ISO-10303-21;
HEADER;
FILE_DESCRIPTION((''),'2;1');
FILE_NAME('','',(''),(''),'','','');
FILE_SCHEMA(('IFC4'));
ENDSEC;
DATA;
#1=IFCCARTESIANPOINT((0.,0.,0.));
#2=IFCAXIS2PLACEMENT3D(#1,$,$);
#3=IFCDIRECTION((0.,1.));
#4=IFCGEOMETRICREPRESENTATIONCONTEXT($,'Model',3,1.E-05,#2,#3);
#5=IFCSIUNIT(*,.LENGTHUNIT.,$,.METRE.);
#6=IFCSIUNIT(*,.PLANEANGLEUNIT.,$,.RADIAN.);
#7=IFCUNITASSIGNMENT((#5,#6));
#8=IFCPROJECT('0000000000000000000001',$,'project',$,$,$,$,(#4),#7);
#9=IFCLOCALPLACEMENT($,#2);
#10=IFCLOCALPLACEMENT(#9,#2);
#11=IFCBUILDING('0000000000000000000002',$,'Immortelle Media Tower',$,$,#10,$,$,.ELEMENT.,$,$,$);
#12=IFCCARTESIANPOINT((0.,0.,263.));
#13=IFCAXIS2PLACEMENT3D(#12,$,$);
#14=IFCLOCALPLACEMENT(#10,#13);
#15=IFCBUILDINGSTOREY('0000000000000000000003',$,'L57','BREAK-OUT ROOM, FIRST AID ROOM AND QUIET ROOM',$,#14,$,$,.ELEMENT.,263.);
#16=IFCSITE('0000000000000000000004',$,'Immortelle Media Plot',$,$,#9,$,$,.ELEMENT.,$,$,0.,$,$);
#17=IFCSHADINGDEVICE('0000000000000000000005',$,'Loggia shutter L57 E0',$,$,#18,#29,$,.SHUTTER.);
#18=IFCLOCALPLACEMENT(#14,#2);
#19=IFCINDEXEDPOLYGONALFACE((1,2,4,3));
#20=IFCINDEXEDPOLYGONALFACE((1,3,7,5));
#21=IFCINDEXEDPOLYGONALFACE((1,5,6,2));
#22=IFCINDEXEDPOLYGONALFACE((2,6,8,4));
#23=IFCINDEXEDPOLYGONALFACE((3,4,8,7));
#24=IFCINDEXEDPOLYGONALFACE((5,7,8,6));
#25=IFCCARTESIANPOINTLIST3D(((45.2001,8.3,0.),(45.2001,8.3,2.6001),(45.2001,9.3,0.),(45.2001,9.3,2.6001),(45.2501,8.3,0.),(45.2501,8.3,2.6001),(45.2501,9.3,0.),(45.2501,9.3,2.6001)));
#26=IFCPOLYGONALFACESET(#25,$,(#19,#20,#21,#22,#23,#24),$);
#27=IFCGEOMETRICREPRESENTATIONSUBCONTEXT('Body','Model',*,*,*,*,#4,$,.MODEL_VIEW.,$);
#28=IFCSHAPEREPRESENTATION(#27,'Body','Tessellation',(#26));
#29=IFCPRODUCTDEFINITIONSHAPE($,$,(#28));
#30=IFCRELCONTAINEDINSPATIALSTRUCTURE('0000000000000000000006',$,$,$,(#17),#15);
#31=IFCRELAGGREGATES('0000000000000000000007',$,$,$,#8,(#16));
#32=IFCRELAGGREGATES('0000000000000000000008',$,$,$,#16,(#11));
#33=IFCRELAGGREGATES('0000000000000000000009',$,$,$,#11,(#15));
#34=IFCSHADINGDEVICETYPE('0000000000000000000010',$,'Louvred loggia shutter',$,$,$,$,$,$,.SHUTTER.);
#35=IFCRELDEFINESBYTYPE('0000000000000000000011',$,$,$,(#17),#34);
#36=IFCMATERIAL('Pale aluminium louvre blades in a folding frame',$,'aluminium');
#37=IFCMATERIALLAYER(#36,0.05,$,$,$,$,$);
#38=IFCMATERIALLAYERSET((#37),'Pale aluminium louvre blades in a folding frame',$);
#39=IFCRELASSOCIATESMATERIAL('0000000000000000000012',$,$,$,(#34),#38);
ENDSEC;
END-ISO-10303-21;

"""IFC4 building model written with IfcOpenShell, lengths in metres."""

from ifc_helpers import new_model, si_unit, direction, frame, origin, origin_2d, place, context, subcontext, project, spatial, rectangle, extrude, material, layer, layer_set, type_object, element, save


model = new_model("IFC4")

# Units and contexts
model_context = context("Model", 3, precision=1e-05, world=origin(), true_north=direction((0.0, 1.0)))
body_context = subcontext(model_context, "Body", "Model", "MODEL_VIEW")
ifc_project = project(units=[si_unit("LENGTHUNIT", "METRE"), si_unit("PLANEANGLEUNIT", "RADIAN")], contexts=[model_context])

# Site, building, storey
site_placement = place(None, origin())
site = spatial("IfcSite", under=ifc_project, at=site_placement, Name="Immortelle Media Plot", CompositionType="ELEMENT", RefElevation=0.0)
building_placement = place(site_placement, origin())
building = spatial("IfcBuilding", under=site, at=building_placement, Name="Immortelle Media Tower", CompositionType="ELEMENT")
storey_placement = place(building_placement, frame((0.0, 0.0, 263.0)))
storey = spatial("IfcBuildingStorey", under=building, at=storey_placement, Name="L57", Description="BREAK-OUT ROOM, FIRST AID ROOM AND QUIET ROOM", CompositionType="ELEMENT", Elevation=263.0)

# Shading device
ifc_material_1 = material(Name="Pale aluminium louvre blades in a folding frame", Category="aluminium")
ifc_layer_1 = layer(ifc_material_1, 0.05)
ifc_layer_set_1 = layer_set([ifc_layer_1], Name="Pale aluminium louvre blades in a folding frame")
shading_device_type_1 = type_object("IfcShadingDeviceType", Name="Louvred loggia shutter", PredefinedType="SHUTTER", material=ifc_layer_set_1)
shading_device_1_placement = place(storey_placement, frame((45.2251, 8.8, 0.0), z_axis=(0.0, 0.0, 1.0), x_axis=(0.0, 1.0, 0.0)))
element("IfcShadingDevice", 1, at=shading_device_1_placement, inside=storey, type_object=shading_device_type_1, Name="Loggia shutter L57 E0", PredefinedType="SHUTTER", context=body_context, shape_type="SweptSolid", body=[
    extrude(rectangle(XDim=1.0, YDim=0.05, at=origin_2d()), origin(), (0.0, 0.0, 1.0), 2.6001),
])

save(model, "model.ifc")
